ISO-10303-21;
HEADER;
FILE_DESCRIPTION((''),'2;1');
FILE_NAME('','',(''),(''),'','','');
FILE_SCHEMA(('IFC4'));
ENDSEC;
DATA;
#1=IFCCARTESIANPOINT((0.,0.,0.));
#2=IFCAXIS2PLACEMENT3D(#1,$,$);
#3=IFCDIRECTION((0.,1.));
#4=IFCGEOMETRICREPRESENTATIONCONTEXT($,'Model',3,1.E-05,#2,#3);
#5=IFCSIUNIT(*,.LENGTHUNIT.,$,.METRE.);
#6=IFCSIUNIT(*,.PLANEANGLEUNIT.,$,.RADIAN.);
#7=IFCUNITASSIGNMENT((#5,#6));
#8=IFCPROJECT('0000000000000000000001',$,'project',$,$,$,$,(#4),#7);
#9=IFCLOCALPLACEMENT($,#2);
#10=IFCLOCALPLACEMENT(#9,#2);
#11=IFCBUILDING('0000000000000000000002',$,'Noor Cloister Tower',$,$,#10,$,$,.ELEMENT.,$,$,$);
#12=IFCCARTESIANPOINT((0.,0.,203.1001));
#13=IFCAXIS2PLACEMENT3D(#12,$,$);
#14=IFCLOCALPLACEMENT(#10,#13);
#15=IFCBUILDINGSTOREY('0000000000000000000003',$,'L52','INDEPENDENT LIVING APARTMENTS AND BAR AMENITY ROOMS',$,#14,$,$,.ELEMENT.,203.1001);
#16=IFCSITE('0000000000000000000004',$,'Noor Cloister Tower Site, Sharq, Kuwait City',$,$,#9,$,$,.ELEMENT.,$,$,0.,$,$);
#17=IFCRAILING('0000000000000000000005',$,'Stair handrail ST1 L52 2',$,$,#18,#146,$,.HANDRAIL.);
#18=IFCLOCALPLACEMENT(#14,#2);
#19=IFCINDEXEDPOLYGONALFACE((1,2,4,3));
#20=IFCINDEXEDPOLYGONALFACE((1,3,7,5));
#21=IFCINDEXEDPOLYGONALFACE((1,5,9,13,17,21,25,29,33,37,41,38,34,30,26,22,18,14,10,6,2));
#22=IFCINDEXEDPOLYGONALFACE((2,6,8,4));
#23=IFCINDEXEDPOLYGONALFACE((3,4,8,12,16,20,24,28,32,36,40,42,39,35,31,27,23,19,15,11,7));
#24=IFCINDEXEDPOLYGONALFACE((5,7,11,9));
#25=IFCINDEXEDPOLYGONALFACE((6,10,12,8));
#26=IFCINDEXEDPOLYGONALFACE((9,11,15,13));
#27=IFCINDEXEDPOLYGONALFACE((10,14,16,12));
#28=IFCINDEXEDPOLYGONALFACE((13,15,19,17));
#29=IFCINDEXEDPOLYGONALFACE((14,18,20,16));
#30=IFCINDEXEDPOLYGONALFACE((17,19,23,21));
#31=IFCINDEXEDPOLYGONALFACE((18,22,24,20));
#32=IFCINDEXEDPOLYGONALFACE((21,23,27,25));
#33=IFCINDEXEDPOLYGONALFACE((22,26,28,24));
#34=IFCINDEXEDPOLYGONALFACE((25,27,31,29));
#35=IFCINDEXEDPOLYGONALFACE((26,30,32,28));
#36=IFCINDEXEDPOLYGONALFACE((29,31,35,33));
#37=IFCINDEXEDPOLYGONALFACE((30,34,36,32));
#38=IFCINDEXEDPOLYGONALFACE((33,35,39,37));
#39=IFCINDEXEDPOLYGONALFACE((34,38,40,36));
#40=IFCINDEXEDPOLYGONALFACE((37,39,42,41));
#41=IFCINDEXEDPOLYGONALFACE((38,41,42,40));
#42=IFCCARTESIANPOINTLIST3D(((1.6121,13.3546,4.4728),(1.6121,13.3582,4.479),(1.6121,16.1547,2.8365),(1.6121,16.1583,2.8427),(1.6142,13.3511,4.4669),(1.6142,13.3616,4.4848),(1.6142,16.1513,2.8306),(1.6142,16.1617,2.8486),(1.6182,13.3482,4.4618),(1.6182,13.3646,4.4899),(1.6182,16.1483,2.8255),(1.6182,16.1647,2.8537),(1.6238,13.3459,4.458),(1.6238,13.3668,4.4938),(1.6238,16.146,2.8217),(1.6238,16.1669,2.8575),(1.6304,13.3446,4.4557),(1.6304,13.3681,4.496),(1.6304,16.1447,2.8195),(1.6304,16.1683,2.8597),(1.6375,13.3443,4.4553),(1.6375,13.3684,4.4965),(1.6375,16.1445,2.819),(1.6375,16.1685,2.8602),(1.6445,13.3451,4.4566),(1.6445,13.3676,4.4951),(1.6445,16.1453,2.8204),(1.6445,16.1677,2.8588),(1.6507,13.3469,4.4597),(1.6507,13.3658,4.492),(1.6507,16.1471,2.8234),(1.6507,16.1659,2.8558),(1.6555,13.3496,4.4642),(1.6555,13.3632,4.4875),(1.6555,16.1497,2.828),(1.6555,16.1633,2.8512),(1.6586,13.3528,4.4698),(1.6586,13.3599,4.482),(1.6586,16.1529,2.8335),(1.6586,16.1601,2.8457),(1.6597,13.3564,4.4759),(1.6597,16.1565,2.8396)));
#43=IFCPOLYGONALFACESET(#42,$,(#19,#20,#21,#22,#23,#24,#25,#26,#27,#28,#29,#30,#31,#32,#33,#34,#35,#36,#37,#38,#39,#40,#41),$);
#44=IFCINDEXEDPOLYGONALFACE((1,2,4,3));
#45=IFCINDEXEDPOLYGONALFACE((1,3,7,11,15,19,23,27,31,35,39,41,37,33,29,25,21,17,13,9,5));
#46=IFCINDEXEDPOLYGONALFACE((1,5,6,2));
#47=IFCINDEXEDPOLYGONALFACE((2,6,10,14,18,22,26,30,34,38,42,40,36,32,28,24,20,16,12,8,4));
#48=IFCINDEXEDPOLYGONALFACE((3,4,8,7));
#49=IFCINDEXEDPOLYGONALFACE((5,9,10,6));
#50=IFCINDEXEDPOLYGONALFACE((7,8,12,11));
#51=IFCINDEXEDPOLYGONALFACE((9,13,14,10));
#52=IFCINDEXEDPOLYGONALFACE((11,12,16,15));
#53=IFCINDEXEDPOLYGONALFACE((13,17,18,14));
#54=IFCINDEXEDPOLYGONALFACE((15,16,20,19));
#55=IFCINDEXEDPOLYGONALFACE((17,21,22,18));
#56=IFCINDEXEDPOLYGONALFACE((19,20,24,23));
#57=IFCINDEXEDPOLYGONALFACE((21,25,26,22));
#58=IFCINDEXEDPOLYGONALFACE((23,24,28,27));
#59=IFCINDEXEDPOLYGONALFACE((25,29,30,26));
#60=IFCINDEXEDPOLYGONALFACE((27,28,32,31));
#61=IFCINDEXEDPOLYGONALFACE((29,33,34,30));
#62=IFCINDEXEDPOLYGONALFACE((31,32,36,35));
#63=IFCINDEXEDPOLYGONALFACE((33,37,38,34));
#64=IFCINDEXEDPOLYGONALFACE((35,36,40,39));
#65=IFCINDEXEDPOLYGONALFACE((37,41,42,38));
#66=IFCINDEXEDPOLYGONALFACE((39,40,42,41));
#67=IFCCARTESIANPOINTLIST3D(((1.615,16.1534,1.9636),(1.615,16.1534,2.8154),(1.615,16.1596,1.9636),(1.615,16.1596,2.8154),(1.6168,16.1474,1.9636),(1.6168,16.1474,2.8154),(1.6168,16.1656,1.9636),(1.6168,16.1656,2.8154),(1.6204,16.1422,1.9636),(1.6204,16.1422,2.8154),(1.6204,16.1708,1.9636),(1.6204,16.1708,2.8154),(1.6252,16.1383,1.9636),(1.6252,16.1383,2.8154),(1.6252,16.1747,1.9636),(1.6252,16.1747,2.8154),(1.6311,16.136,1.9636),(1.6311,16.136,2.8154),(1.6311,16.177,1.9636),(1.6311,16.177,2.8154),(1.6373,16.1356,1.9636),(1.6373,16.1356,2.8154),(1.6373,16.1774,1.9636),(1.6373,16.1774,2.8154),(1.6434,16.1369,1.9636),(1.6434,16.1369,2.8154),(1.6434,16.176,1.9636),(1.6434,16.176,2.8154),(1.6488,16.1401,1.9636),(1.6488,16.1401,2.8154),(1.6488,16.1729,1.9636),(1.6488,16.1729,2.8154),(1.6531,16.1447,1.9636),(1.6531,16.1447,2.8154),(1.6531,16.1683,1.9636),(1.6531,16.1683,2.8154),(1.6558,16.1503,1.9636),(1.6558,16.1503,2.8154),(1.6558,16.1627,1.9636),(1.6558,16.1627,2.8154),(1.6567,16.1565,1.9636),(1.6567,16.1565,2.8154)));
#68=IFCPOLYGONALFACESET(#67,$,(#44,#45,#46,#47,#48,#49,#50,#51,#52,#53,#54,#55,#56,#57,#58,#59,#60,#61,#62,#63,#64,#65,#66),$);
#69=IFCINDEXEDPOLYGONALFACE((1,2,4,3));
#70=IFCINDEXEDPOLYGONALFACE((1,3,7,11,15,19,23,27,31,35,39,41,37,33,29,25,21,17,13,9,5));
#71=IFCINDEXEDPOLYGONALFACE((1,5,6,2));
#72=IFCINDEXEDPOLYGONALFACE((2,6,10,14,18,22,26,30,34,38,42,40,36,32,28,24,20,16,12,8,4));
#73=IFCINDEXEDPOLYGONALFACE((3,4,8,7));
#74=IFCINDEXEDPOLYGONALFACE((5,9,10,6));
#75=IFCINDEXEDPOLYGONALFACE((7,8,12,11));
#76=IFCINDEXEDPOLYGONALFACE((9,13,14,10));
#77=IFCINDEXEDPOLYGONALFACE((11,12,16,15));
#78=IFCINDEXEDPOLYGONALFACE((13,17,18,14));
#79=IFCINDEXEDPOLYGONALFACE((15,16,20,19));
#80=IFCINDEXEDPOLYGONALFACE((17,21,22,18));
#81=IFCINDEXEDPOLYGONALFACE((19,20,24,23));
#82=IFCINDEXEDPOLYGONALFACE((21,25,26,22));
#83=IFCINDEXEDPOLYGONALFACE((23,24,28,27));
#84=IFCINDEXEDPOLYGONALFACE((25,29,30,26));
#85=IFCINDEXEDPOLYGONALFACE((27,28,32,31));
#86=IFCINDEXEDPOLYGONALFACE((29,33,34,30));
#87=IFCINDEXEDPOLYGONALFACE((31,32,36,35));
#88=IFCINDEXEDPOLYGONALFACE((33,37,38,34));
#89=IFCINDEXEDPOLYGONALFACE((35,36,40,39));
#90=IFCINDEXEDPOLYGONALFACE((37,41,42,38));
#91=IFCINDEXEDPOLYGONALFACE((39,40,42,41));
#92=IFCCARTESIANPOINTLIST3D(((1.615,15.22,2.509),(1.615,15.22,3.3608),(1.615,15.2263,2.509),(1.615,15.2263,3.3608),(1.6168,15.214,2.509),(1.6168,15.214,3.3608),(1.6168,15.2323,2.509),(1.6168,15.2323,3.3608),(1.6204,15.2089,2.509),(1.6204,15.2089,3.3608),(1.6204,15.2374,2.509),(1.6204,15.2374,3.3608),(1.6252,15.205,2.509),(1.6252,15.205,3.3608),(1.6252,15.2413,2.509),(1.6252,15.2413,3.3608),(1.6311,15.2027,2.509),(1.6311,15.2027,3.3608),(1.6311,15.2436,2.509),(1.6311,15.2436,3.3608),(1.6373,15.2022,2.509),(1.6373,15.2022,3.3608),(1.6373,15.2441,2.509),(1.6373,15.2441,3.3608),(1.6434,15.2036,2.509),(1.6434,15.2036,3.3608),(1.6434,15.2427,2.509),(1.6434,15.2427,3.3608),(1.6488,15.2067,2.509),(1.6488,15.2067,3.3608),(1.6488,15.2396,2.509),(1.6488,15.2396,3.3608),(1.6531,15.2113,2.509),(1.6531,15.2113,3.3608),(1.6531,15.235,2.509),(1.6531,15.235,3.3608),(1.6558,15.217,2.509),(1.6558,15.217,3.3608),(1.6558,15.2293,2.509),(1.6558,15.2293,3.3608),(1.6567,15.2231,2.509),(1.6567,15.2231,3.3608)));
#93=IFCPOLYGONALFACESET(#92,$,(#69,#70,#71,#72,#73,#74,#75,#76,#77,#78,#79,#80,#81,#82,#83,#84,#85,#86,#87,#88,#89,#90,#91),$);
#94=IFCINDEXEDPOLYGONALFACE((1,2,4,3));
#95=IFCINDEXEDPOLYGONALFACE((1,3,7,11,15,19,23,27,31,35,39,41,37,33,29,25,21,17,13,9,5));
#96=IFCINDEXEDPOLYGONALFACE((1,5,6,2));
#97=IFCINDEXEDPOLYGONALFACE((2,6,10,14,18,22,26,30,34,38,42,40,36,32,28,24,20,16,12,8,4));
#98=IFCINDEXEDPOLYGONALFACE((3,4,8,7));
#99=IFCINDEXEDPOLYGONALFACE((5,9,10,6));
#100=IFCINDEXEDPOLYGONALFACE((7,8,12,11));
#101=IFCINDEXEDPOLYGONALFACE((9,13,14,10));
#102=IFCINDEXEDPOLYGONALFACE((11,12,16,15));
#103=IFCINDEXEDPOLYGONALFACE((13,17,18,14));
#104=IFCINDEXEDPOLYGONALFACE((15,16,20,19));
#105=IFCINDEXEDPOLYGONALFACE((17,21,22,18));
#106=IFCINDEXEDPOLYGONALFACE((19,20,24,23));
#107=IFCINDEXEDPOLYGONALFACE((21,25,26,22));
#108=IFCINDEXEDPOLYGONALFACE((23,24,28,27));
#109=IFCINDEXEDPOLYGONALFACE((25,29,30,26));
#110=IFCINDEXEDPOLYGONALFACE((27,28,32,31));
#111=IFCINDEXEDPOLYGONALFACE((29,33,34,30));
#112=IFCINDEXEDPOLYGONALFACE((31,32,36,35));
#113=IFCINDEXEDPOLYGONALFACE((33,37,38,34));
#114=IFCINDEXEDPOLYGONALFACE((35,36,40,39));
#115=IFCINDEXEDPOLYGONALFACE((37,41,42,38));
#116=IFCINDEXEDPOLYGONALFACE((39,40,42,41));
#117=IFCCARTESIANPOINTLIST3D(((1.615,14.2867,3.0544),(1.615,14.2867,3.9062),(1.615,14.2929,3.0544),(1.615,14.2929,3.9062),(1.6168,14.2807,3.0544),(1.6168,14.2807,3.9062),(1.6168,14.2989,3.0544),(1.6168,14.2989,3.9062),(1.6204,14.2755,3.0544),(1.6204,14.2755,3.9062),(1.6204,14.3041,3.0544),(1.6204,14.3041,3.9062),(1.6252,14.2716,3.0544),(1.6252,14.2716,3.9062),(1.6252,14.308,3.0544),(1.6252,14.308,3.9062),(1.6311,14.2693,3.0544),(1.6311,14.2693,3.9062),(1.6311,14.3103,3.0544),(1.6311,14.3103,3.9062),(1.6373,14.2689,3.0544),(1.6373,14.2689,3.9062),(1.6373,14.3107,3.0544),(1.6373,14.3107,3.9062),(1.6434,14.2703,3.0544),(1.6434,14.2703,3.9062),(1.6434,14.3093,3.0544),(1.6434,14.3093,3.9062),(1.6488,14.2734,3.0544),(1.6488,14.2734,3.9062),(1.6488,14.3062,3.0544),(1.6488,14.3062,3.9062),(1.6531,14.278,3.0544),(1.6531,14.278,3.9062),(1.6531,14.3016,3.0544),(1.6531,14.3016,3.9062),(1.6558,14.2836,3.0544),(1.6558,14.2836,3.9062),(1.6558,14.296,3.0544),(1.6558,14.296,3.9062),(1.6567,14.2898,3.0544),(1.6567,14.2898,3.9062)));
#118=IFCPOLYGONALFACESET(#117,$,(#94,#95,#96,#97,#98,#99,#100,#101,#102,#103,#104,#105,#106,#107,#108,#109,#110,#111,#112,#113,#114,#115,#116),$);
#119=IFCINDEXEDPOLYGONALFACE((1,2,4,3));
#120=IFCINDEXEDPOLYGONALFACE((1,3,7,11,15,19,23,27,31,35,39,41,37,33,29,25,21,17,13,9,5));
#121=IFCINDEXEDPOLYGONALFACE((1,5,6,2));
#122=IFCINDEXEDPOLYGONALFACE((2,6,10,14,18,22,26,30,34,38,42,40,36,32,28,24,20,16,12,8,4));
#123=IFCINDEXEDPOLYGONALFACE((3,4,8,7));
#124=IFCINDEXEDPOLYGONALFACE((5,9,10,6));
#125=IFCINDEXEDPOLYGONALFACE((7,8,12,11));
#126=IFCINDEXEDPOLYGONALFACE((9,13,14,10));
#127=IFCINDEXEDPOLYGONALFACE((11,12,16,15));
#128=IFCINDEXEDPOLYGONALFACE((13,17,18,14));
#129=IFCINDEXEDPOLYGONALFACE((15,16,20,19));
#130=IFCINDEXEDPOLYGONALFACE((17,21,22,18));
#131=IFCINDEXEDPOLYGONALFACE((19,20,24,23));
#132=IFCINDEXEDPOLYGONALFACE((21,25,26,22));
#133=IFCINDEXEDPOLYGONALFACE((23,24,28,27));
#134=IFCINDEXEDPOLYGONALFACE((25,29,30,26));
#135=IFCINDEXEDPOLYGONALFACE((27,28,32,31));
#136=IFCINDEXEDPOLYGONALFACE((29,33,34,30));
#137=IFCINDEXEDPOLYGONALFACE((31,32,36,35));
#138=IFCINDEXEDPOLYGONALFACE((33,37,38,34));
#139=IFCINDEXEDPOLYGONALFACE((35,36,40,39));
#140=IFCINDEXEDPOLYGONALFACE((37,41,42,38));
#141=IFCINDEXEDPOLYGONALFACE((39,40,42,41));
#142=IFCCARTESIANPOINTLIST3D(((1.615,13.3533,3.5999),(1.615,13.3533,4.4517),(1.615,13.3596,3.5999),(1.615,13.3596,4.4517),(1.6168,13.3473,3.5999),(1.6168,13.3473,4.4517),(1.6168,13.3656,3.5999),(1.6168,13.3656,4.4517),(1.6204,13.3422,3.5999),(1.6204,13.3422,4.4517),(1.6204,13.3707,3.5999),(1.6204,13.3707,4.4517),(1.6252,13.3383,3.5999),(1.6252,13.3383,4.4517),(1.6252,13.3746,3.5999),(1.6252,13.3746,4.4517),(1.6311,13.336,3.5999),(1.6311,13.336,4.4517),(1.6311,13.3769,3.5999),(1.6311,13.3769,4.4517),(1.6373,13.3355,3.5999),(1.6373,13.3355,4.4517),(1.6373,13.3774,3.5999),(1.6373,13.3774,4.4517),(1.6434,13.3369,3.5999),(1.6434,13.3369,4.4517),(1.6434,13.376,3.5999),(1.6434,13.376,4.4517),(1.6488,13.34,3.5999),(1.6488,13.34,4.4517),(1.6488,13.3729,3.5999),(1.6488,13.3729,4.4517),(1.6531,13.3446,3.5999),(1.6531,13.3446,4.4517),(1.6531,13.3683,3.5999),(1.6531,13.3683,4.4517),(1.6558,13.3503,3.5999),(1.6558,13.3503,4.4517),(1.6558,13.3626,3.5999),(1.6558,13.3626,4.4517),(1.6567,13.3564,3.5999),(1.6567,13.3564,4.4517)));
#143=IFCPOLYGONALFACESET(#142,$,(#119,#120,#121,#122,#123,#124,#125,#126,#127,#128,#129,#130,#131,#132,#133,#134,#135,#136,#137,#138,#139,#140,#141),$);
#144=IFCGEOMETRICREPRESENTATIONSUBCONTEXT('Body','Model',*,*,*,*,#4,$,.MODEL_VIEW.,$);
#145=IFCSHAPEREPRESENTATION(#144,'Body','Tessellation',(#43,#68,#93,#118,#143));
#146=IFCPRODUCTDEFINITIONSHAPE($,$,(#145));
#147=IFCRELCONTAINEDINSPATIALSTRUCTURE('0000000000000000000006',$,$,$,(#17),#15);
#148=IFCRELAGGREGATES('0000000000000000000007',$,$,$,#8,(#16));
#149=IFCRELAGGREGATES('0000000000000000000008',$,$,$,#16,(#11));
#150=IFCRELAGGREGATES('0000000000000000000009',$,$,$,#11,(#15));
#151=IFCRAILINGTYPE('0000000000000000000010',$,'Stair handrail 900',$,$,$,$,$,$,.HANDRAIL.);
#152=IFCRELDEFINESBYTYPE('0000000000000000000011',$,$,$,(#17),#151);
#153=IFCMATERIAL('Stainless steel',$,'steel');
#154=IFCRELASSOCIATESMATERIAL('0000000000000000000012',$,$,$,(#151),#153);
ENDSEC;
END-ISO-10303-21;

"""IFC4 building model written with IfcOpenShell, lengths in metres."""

from ifc_helpers import new_model, si_unit, direction, frame, origin, origin_2d, place, context, subcontext, project, spatial, circle, extrude, material, type_object, element, save


model = new_model("IFC4")

# Units and contexts
model_context = context("Model", 3, precision=1e-05, world=origin(), true_north=direction((0.0, 1.0)))
body_context = subcontext(model_context, "Body", "Model", "MODEL_VIEW")
ifc_project = project(units=[si_unit("LENGTHUNIT", "METRE"), si_unit("PLANEANGLEUNIT", "RADIAN")], contexts=[model_context])

# Site, building, storey
site_placement = place(None, origin())
site = spatial("IfcSite", under=ifc_project, at=site_placement, Name="Noor Cloister Tower Site, Sharq, Kuwait City", CompositionType="ELEMENT", RefElevation=0.0)
building_placement = place(site_placement, origin())
building = spatial("IfcBuilding", under=site, at=building_placement, Name="Noor Cloister Tower", CompositionType="ELEMENT")
storey_placement = place(building_placement, frame((0.0, 0.0, 203.1001)))
storey = spatial("IfcBuildingStorey", under=building, at=storey_placement, Name="L52", Description="INDEPENDENT LIVING APARTMENTS AND BAR AMENITY ROOMS", CompositionType="ELEMENT", Elevation=203.1001)

# Railing
ifc_material_1 = material(Name="Stainless steel", Category="steel")
railing_type_1 = type_object("IfcRailingType", Name="Stair handrail 900", PredefinedType="HANDRAIL", material=ifc_material_1)
railing_1_placement = place(storey_placement, frame((1.6357, 16.1565, 1.9636)))
element("IfcRailing", 1, at=railing_1_placement, inside=storey, type_object=railing_type_1, Name="Stair handrail ST1 L52 2", PredefinedType="HANDRAIL", context=body_context, shape_type="SweptSolid", body=[
    extrude(circle(Radius=0.0239, at=origin_2d()), frame((0.0, 0.0, 0.876), z_axis=(0.0, -0.863394, 0.504531), x_axis=(1.0, 0.0, 0.0)), (0.0, 0.0, 1.0), 3.2432),
    extrude(circle(Radius=0.021, at=origin_2d()), origin(), (0.0, 0.0, 1.0), 0.8518),
    extrude(circle(Radius=0.021, at=origin_2d()), frame((0.0, -0.9333, 0.5454)), (0.0, 0.0, 1.0), 0.8518),
    extrude(circle(Radius=0.021, at=origin_2d()), frame((0.0, -1.8667, 1.0908)), (0.0, 0.0, 1.0), 0.8518),
    extrude(circle(Radius=0.021, at=origin_2d()), frame((0.0, -2.8, 1.6362)), (0.0, 0.0, 1.0), 0.8518),
])

save(model, "model.ifc")
